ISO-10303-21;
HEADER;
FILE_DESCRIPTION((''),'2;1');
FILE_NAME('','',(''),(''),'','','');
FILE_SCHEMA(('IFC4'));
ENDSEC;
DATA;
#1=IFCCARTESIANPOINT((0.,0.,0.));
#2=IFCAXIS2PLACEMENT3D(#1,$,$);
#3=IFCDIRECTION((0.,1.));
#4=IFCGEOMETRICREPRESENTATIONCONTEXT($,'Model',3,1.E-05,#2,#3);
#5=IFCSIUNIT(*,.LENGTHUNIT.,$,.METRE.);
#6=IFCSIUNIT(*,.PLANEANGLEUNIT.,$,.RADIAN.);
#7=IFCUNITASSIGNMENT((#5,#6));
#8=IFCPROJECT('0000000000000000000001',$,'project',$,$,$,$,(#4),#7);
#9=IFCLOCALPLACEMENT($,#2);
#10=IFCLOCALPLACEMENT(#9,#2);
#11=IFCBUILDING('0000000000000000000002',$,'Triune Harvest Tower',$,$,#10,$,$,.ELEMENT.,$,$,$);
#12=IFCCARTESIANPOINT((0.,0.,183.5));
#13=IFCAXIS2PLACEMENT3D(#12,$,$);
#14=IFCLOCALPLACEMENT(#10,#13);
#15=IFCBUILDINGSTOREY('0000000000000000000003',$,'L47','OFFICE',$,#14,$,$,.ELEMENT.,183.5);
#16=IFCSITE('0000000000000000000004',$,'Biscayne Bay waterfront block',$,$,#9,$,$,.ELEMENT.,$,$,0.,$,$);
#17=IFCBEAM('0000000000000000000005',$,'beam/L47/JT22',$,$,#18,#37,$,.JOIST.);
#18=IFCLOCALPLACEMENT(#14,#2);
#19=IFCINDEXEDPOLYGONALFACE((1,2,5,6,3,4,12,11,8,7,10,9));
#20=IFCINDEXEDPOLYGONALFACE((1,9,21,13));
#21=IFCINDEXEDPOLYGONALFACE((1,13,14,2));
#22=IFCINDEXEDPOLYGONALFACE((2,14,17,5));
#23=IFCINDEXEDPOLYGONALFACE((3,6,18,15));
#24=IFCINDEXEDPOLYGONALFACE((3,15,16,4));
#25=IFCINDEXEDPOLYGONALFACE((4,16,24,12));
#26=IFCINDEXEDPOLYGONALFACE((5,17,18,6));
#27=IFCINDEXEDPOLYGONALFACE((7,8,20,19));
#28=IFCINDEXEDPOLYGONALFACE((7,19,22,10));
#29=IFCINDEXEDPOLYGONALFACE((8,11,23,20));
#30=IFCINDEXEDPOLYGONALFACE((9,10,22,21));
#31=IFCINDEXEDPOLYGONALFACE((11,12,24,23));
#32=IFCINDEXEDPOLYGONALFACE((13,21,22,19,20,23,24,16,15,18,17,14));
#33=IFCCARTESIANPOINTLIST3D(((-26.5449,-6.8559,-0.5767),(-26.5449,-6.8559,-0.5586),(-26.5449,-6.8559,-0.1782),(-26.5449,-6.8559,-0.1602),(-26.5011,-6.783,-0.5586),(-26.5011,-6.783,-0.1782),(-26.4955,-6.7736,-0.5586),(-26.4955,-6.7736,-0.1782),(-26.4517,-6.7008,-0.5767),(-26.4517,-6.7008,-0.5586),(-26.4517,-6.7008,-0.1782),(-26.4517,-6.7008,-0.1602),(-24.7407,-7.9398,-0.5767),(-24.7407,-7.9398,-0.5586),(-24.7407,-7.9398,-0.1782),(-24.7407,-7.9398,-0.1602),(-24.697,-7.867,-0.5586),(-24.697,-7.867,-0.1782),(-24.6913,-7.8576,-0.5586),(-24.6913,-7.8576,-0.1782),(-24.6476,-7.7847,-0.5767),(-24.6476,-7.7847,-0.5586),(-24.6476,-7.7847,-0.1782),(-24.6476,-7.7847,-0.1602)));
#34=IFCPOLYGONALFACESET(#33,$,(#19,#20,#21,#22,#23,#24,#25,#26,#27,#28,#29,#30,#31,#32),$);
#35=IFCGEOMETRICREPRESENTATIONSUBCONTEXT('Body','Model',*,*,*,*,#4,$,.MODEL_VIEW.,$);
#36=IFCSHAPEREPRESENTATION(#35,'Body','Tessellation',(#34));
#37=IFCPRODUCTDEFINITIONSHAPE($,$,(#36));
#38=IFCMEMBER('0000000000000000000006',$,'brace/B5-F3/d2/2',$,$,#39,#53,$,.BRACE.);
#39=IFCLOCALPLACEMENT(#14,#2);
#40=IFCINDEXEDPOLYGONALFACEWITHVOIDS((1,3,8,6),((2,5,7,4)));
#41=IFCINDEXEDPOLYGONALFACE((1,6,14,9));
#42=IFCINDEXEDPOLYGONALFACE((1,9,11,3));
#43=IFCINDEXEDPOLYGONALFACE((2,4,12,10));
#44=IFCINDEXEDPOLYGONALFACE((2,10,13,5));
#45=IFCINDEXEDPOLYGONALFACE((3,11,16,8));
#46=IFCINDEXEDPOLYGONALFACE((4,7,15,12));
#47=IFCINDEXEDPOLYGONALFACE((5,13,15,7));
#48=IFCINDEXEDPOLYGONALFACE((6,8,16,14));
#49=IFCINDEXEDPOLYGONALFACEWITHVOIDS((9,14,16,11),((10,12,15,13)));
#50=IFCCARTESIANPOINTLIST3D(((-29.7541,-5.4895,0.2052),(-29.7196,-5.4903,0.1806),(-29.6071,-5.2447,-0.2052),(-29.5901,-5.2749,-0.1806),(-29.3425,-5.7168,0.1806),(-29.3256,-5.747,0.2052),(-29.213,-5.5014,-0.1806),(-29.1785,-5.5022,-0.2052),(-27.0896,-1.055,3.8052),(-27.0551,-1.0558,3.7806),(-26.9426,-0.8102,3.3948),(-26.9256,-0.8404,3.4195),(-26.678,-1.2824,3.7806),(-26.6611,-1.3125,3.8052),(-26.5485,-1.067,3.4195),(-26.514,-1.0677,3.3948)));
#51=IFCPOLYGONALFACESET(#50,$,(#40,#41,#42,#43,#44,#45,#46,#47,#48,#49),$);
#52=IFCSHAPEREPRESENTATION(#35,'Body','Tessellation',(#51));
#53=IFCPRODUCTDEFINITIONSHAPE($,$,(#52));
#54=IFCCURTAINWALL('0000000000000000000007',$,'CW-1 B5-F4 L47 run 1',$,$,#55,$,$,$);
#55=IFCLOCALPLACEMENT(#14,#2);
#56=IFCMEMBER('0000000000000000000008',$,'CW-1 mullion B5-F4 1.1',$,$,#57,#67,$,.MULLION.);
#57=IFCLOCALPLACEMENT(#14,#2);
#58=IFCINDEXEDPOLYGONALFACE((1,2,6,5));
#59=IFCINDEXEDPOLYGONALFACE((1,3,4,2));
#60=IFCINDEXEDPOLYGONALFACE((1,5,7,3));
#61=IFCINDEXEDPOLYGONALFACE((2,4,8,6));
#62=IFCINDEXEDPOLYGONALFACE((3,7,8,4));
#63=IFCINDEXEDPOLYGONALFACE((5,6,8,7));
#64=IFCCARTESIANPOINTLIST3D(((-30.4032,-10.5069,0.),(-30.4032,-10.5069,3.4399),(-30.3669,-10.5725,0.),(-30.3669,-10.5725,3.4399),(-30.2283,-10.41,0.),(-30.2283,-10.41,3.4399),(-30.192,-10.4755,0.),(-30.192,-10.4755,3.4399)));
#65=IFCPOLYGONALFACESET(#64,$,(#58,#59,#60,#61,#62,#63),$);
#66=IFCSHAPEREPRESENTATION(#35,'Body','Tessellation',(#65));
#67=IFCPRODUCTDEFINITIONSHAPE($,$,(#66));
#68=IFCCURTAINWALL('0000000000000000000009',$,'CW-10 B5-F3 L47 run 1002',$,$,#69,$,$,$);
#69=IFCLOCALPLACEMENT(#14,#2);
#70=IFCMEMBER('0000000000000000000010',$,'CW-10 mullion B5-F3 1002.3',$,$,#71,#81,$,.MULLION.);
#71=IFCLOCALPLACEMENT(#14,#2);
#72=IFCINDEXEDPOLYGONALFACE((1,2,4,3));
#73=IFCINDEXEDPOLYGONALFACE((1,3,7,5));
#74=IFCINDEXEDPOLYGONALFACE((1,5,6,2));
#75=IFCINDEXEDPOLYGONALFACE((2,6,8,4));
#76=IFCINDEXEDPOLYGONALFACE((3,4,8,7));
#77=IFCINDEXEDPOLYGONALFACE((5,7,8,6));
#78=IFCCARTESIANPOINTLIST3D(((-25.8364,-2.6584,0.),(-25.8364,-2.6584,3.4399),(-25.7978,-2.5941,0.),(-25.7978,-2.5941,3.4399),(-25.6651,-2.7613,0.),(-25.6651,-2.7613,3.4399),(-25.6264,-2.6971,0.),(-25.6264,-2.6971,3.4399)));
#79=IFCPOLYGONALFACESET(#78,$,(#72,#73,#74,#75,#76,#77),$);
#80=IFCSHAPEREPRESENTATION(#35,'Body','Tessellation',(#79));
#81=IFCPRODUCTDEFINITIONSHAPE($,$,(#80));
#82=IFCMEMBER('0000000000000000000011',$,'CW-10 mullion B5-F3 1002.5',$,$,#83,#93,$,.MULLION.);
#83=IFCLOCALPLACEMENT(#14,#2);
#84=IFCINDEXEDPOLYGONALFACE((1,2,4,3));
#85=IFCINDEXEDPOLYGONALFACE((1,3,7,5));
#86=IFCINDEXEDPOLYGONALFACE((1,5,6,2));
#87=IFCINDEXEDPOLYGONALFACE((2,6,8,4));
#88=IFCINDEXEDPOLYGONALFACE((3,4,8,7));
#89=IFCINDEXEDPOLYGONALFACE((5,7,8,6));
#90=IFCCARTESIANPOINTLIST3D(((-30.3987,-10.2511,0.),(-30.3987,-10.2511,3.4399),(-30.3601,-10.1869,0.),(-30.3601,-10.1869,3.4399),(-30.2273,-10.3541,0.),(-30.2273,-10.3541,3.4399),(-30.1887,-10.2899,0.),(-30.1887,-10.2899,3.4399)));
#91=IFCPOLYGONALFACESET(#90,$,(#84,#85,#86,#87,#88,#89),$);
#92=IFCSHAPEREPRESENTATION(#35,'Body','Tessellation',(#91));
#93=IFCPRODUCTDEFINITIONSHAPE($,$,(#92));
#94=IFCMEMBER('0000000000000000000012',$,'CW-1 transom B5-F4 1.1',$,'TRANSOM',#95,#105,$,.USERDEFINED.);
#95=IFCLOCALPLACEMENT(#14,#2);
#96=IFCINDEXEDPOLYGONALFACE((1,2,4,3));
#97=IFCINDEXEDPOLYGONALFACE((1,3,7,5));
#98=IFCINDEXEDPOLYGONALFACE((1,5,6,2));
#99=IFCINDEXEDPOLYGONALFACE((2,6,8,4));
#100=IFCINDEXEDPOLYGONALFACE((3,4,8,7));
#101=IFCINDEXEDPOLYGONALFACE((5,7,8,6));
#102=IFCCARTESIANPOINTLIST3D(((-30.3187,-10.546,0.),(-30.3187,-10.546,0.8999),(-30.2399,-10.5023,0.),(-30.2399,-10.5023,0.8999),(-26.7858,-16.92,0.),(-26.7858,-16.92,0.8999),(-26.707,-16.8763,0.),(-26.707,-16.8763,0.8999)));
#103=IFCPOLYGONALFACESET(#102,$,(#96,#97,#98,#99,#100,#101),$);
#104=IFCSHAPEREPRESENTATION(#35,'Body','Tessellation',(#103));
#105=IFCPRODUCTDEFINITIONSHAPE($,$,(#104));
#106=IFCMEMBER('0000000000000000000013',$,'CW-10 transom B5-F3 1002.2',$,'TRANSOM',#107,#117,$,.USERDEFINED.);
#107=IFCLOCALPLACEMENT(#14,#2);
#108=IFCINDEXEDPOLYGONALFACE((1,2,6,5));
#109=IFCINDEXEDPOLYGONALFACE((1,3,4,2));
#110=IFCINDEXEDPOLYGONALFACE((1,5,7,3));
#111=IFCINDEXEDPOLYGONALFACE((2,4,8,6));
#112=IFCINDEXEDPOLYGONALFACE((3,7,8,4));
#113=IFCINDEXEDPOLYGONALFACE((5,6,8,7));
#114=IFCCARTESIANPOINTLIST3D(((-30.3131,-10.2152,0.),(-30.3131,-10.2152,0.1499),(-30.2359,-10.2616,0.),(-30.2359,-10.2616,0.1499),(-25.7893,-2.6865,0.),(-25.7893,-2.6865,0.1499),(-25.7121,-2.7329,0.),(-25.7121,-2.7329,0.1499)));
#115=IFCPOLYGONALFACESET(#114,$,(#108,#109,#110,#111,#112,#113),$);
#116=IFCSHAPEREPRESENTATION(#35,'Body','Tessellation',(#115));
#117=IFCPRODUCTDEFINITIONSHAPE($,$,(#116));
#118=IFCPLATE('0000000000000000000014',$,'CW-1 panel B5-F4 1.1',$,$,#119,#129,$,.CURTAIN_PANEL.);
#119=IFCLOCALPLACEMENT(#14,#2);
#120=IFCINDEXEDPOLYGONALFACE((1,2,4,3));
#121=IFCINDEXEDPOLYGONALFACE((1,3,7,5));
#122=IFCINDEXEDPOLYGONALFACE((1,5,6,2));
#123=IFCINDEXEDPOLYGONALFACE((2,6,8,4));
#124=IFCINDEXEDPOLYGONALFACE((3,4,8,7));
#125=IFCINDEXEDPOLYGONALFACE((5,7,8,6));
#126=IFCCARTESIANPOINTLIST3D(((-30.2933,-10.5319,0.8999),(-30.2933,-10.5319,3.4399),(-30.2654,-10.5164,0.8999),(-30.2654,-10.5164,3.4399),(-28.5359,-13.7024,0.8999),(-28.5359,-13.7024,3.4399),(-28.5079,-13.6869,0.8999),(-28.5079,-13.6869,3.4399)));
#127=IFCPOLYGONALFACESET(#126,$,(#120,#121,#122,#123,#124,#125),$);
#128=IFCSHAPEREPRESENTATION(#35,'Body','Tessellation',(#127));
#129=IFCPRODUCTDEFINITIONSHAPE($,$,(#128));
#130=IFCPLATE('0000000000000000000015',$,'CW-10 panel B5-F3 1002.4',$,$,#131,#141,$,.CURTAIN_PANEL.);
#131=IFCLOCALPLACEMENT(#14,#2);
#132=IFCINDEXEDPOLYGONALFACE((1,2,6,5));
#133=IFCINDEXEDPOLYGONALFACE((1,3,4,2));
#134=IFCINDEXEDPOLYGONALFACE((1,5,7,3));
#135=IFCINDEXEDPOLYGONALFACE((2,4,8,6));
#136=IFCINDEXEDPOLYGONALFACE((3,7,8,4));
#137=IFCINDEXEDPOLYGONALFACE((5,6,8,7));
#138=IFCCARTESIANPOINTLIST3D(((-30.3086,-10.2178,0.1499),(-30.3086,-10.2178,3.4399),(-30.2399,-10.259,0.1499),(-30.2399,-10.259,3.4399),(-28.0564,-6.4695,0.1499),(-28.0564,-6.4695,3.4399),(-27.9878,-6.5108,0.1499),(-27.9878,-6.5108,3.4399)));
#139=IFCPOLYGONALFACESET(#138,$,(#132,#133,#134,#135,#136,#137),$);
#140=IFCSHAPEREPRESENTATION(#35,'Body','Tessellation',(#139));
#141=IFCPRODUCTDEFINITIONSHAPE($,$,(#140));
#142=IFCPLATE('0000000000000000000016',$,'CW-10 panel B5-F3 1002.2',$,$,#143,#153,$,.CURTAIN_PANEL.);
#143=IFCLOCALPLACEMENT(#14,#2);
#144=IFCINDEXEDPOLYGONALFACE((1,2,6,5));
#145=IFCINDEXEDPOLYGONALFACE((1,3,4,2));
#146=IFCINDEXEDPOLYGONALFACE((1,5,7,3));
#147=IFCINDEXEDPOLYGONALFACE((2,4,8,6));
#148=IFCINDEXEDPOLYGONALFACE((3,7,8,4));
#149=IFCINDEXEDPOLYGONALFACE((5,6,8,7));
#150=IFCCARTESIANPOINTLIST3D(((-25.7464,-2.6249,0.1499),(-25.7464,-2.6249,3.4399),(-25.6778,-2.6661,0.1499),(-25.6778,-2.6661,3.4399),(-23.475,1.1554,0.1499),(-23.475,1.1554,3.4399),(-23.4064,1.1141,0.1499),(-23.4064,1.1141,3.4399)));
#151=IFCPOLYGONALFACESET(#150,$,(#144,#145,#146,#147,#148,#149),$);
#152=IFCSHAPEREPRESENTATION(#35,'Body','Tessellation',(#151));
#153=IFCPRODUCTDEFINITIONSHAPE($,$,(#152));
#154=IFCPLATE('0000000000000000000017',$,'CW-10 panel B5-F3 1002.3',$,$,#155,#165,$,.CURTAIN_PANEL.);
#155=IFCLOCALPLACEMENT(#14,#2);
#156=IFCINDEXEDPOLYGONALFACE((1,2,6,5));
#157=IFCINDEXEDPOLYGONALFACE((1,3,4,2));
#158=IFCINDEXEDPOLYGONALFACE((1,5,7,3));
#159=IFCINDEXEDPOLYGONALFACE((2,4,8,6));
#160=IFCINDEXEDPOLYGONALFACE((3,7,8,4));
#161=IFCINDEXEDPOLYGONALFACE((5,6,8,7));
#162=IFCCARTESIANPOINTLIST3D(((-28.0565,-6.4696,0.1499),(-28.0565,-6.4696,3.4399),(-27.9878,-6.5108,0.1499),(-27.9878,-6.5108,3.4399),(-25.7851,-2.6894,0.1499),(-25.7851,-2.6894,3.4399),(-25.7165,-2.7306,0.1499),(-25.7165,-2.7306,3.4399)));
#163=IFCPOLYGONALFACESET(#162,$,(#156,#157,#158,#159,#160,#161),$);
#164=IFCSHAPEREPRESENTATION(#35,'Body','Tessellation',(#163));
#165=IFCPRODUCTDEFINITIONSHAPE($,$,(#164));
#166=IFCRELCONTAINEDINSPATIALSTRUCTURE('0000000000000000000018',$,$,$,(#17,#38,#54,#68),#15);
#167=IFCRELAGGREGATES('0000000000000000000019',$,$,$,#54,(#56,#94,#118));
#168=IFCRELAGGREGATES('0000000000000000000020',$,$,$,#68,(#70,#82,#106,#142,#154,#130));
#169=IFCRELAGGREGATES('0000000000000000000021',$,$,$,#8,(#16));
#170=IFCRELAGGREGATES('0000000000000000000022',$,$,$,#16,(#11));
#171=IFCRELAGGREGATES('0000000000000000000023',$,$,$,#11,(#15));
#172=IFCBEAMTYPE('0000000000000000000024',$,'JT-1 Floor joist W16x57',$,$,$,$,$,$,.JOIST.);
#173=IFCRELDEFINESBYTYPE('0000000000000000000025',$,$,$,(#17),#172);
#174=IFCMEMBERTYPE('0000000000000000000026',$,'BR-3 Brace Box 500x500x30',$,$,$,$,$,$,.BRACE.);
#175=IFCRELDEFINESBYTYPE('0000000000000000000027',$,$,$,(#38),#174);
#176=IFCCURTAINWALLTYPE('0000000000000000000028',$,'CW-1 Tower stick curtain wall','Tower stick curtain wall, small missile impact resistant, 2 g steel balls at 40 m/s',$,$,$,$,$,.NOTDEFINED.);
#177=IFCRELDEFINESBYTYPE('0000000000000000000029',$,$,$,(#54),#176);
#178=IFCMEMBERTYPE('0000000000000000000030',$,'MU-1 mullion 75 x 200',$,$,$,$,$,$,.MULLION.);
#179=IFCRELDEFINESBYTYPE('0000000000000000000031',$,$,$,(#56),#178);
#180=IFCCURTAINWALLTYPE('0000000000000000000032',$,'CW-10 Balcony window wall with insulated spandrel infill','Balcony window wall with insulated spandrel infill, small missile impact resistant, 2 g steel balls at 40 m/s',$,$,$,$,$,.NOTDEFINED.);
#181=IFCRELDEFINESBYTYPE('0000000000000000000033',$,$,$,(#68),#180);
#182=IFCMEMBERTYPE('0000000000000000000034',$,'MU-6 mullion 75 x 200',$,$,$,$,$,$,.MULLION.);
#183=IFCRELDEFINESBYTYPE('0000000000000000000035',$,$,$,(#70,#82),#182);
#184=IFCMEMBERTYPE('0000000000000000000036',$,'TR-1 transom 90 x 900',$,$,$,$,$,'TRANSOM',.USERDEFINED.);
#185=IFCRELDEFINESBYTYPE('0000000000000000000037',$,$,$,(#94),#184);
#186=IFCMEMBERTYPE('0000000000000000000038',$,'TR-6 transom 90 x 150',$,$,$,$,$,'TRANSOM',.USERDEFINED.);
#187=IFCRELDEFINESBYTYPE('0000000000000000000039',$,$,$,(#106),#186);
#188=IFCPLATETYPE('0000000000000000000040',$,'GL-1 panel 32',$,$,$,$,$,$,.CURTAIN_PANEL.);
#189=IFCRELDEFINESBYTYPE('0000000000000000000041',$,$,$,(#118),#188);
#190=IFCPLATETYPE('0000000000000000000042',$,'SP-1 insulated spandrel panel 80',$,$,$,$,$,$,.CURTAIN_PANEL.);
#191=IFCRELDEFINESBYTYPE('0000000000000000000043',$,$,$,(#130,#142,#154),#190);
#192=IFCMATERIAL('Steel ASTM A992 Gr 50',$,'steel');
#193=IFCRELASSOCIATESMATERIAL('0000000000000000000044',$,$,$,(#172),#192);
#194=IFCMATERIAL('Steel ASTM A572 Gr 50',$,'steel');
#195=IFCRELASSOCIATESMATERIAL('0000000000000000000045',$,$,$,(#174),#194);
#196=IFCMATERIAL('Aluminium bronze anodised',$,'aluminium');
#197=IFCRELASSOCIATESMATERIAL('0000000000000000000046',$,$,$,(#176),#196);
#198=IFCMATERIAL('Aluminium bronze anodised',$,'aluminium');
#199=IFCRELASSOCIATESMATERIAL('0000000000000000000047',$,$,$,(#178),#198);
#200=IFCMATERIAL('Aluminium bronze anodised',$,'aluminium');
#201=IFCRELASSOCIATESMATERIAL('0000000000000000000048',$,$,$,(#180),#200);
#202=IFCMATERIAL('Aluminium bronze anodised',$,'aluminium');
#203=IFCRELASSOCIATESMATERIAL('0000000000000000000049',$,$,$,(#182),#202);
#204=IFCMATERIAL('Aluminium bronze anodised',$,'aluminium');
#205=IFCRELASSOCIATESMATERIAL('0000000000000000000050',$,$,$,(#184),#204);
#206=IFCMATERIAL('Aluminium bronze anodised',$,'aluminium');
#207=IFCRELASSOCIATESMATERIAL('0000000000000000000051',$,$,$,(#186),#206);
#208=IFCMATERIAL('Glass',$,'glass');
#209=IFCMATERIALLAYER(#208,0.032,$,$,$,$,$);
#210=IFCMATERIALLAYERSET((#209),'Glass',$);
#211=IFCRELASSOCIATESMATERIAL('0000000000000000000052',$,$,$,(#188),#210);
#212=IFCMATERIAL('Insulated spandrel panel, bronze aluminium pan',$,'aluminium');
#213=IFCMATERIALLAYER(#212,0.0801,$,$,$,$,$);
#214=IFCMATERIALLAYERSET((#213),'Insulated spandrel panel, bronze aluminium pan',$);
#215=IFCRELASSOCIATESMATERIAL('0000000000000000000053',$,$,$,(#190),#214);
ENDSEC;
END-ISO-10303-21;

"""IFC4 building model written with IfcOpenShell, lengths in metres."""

from ifc_helpers import new_model, si_unit, direction, frame, origin, origin_2d, place, context, subcontext, project, spatial, rectangle, hollow_rectangle, i_section, extrude, source, transform, mapped, material, layer, layer_set, material_profile, profile_set, type_object, element, aggregate, save


model = new_model("IFC4")

# Units and contexts
model_context = context("Model", 3, precision=1e-05, world=origin(), true_north=direction((0.0, 1.0)))
body_context = subcontext(model_context, "Body", "Model", "MODEL_VIEW")
ifc_project = project(units=[si_unit("LENGTHUNIT", "METRE"), si_unit("PLANEANGLEUNIT", "RADIAN")], contexts=[model_context])

# Site, building, storey
site_placement = place(None, origin())
site = spatial("IfcSite", under=ifc_project, at=site_placement, Name="Biscayne Bay waterfront block", CompositionType="ELEMENT", RefElevation=0.0)
building_placement = place(site_placement, origin())
building = spatial("IfcBuilding", under=site, at=building_placement, Name="Triune Harvest Tower", CompositionType="ELEMENT")
storey_placement = place(building_placement, frame((0.0, 0.0, 183.5)))
storey = spatial("IfcBuildingStorey", under=building, at=storey_placement, Name="L47", Description="OFFICE", CompositionType="ELEMENT", Elevation=183.5)

# Beam
ifc_material_1 = material(Name="Steel ASTM A992 Gr 50", Category="steel")
ifc_material_profile_1 = material_profile(ifc_material_1, i_section(OverallWidth=0.1809, OverallDepth=0.4165, WebThickness=0.011, FlangeThickness=0.0181, at=origin_2d()), Name="W16x57")
ifc_profile_set_1 = profile_set([ifc_material_profile_1], Name="Steel ASTM A992 Gr 50")
beam_type_1 = type_object("IfcBeamType", Name="JT-1 Floor joist W16x57", PredefinedType="JOIST", material=ifc_profile_set_1)
shared_shape_1 = source(origin(), body_context, "Body", "SweptSolid", [
    extrude(i_section(OverallWidth=0.1809, OverallDepth=0.4165, WebThickness=0.011, FlangeThickness=0.0181, at=origin_2d()), origin(), (0.0, 0.0, 1.0), 2.1047),
])
beam_1_placement = place(storey_placement, frame((-26.4983, -6.7783, -0.3684), z_axis=(0.857186, -0.515007, 0.0), x_axis=(0.515007, 0.857186, 0.0)))
element("IfcBeam", 1, at=beam_1_placement, inside=storey, type_object=beam_type_1, Name="beam/L47/JT22", PredefinedType="JOIST", context=body_context, shape_type="MappedRepresentation", body=[
    mapped(shared_shape_1, transform((0.0, 0.0, 0.0), scale=1.0)),
])

# Member
ifc_material_2 = material(Name="Steel ASTM A572 Gr 50", Category="steel")
ifc_material_profile_2 = material_profile(ifc_material_2, hollow_rectangle(XDim=0.5, YDim=0.5, WallThickness=0.03, at=origin_2d()), Name="Box 500x500x30")
ifc_profile_set_2 = profile_set([ifc_material_profile_2], Name="Steel ASTM A572 Gr 50")
member_type_1 = type_object("IfcMemberType", Name="BR-3 Brace Box 500x500x30", PredefinedType="BRACE", material=ifc_profile_set_2)
shared_shape_2 = source(origin(), body_context, "Body", "SweptSolid", [
    extrude(hollow_rectangle(XDim=0.5, YDim=0.5, WallThickness=0.03, at=origin_2d()), origin(), (0.0, 0.0, 1.0), 6.3027),
])
member_1_placement = place(storey_placement, frame((-29.4663, -5.4958, 0.0), z_axis=(0.422753, 0.703581, 0.571185), x_axis=(-0.857168, 0.515037, 0.0)))
element("IfcMember", 2, at=member_1_placement, inside=storey, type_object=member_type_1, Name="brace/B5-F3/d2/2", PredefinedType="BRACE", context=body_context, shape_type="MappedRepresentation", body=[
    mapped(shared_shape_2, transform((0.0, 0.0, 0.0), scale=1.0)),
])

# Curtain wall, member
ifc_material_3 = material(Name="Aluminium bronze anodised", Category="aluminium")
curtain_wall_type_1 = type_object("IfcCurtainWallType", Name="CW-1 Tower stick curtain wall", Description="Tower stick curtain wall, small missile impact resistant, 2 g steel balls at 40 m/s", PredefinedType="NOTDEFINED", material=ifc_material_3)
curtain_wall_1_placement = place(storey_placement, origin())
curtain_wall_1 = element("IfcCurtainWall", 3, at=curtain_wall_1_placement, inside=storey, type_object=curtain_wall_type_1, Name="CW-1 B5-F4 L47 run 1")
ifc_material_4 = material(Name="Aluminium bronze anodised", Category="aluminium")
ifc_material_profile_3 = material_profile(ifc_material_4, rectangle(XDim=0.2, YDim=0.075, at=origin_2d()), Name="MU-1 mullion 75 x 200")
ifc_profile_set_3 = profile_set([ifc_material_profile_3], Name="Aluminium bronze anodised")
member_type_2 = type_object("IfcMemberType", Name="MU-1 mullion 75 x 200", PredefinedType="MULLION", material=ifc_profile_set_3)
shared_shape_3 = source(origin(), body_context, "Body", "SweptSolid", [
    extrude(rectangle(XDim=0.2, YDim=0.075, at=origin_2d()), origin(), (0.0, 0.0, 1.0), 3.4399),
])
member_2_placement = place(storey_placement, frame((-30.2976, -10.4912, 0.0), z_axis=(0.0, 0.0, 1.0), x_axis=(0.874624, 0.484802, 0.0)))
member_2 = element("IfcMember", 4, at=member_2_placement, type_object=member_type_2, Name="CW-1 mullion B5-F4 1.1", PredefinedType="MULLION", context=body_context, shape_type="MappedRepresentation", body=[
    mapped(shared_shape_3, transform((0.0, 0.0, 0.0), scale=1.0)),
])

# Curtain wall, members
ifc_material_5 = material(Name="Aluminium bronze anodised", Category="aluminium")
curtain_wall_type_2 = type_object("IfcCurtainWallType", Name="CW-10 Balcony window wall with insulated spandrel infill", Description="Balcony window wall with insulated spandrel infill, small missile impact resistant, 2 g steel balls at 40 m/s", PredefinedType="NOTDEFINED", material=ifc_material_5)
curtain_wall_2_placement = place(storey_placement, origin())
curtain_wall_2 = element("IfcCurtainWall", 5, at=curtain_wall_2_placement, inside=storey, type_object=curtain_wall_type_2, Name="CW-10 B5-F3 L47 run 1002")
ifc_material_6 = material(Name="Aluminium bronze anodised", Category="aluminium")
ifc_material_profile_4 = material_profile(ifc_material_6, rectangle(XDim=0.2, YDim=0.075, at=origin_2d()), Name="MU-6 mullion 75 x 200")
ifc_profile_set_4 = profile_set([ifc_material_profile_4], Name="Aluminium bronze anodised")
member_type_3 = type_object("IfcMemberType", Name="MU-6 mullion 75 x 200", PredefinedType="MULLION", material=ifc_profile_set_4)
shared_shape_4 = source(origin(), body_context, "Body", "SweptSolid", [
    extrude(rectangle(XDim=0.2, YDim=0.075, at=origin_2d()), origin(), (0.0, 0.0, 1.0), 3.4399),
])
member_3_placement = place(storey_placement, frame((-25.7314, -2.6777, 0.0), z_axis=(0.0, 0.0, 1.0), x_axis=(0.857169, -0.515036, 0.0)))
member_3 = element("IfcMember", 6, at=member_3_placement, type_object=member_type_3, Name="CW-10 mullion B5-F3 1002.3", PredefinedType="MULLION", context=body_context, shape_type="MappedRepresentation", body=[
    mapped(shared_shape_4, transform((0.0, 0.0, 0.0), scale=1.0)),
])
member_4_placement = place(storey_placement, frame((-30.2937, -10.2705, 0.0), z_axis=(0.0, 0.0, 1.0), x_axis=(0.857169, -0.515036, 0.0)))
member_4 = element("IfcMember", 7, at=member_4_placement, type_object=member_type_3, Name="CW-10 mullion B5-F3 1002.5", PredefinedType="MULLION", context=body_context, shape_type="MappedRepresentation", body=[
    mapped(shared_shape_4, transform((0.0, 0.0, 0.0), scale=1.0)),
])

# Members
ifc_material_7 = material(Name="Aluminium bronze anodised", Category="aluminium")
ifc_material_profile_5 = material_profile(ifc_material_7, rectangle(XDim=0.0901, YDim=0.8999, at=origin_2d()), Name="TR-1 transom 90 x 900")
ifc_profile_set_5 = profile_set([ifc_material_profile_5], Name="Aluminium bronze anodised")
member_type_4 = type_object("IfcMemberType", Name="TR-1 transom 90 x 900", ElementType="TRANSOM", PredefinedType="USERDEFINED", material=ifc_profile_set_5)
shared_shape_5 = source(origin(), body_context, "Body", "SweptSolid", [
    extrude(rectangle(XDim=0.0901, YDim=0.8999, at=origin_2d()), origin(), (0.0, 0.0, 1.0), 7.2876),
])
member_5_placement = place(storey_placement, frame((-30.2793, -10.5242, 0.45), z_axis=(0.484787, -0.874633, 0.0), x_axis=(0.874633, 0.484787, 0.0)))
member_5 = element("IfcMember", 8, at=member_5_placement, type_object=member_type_4, Name="CW-1 transom B5-F4 1.1", ObjectType="TRANSOM", PredefinedType="USERDEFINED", context=body_context, shape_type="MappedRepresentation", body=[
    mapped(shared_shape_5, transform((0.0, 0.0, 0.0), scale=1.0)),
])
ifc_material_8 = material(Name="Aluminium bronze anodised", Category="aluminium")
ifc_material_profile_6 = material_profile(ifc_material_8, rectangle(XDim=0.0901, YDim=0.1499, at=origin_2d()), Name="TR-6 transom 90 x 150")
ifc_profile_set_6 = profile_set([ifc_material_profile_6], Name="Aluminium bronze anodised")
member_type_5 = type_object("IfcMemberType", Name="TR-6 transom 90 x 150", ElementType="TRANSOM", PredefinedType="USERDEFINED", material=ifc_profile_set_6)
shared_shape_6 = source(origin(), body_context, "Body", "SweptSolid", [
    extrude(rectangle(XDim=0.0901, YDim=0.1499, at=origin_2d()), origin(), (0.0, 0.0, 1.0), 8.7832),
])
member_6_placement = place(storey_placement, frame((-25.7507, -2.7097, 0.075), z_axis=(-0.515043, -0.857164, 0.0), x_axis=(0.857164, -0.515043, 0.0)))
member_6 = element("IfcMember", 9, at=member_6_placement, type_object=member_type_5, Name="CW-10 transom B5-F3 1002.2", ObjectType="TRANSOM", PredefinedType="USERDEFINED", context=body_context, shape_type="MappedRepresentation", body=[
    mapped(shared_shape_6, transform((0.0, 0.0, 0.0), scale=1.0)),
])

# Plates
ifc_material_9 = material(Name="Glass", Category="glass")
ifc_layer_1 = layer(ifc_material_9, 0.032)
ifc_layer_set_1 = layer_set([ifc_layer_1], Name="Glass")
plate_type_1 = type_object("IfcPlateType", Name="GL-1 panel 32", PredefinedType="CURTAIN_PANEL", material=ifc_layer_set_1)
shared_shape_7 = source(origin(), body_context, "Body", "SweptSolid", [
    extrude(rectangle(XDim=3.625, YDim=0.032, at=origin_2d()), origin(), (0.0, 0.0, 1.0), 2.54),
])
plate_1_placement = place(storey_placement, frame((-29.4006, -12.1094, 0.8999), z_axis=(0.0, 0.0, 1.0), x_axis=(0.484802, -0.874624, 0.0)))
plate_1 = element("IfcPlate", 10, at=plate_1_placement, type_object=plate_type_1, Name="CW-1 panel B5-F4 1.1", PredefinedType="CURTAIN_PANEL", context=body_context, shape_type="MappedRepresentation", body=[
    mapped(shared_shape_7, transform((0.0, 0.0, 0.0), scale=1.0)),
])
aggregate(curtain_wall_1, [member_2, member_5, plate_1])
ifc_material_10 = material(Name="Insulated spandrel panel, bronze aluminium pan", Category="aluminium")
ifc_layer_2 = layer(ifc_material_10, 0.0801)
ifc_layer_set_2 = layer_set([ifc_layer_2], Name="Insulated spandrel panel, bronze aluminium pan")
plate_type_2 = type_object("IfcPlateType", Name="SP-1 insulated spandrel panel 80", PredefinedType="CURTAIN_PANEL", material=ifc_layer_set_2)
shared_shape_8 = source(origin(), body_context, "Body", "SweptSolid", [
    extrude(rectangle(XDim=4.3728, YDim=0.0801, at=origin_2d()), origin(), (0.0, 0.0, 1.0), 3.29),
])
plate_2_placement = place(storey_placement, frame((-29.1482, -8.3643, 0.1499), z_axis=(0.0, 0.0, 1.0), x_axis=(-0.515036, -0.857169, 0.0)))
plate_2 = element("IfcPlate", 11, at=plate_2_placement, type_object=plate_type_2, Name="CW-10 panel B5-F3 1002.4", PredefinedType="CURTAIN_PANEL", context=body_context, shape_type="MappedRepresentation", body=[
    mapped(shared_shape_8, transform((0.0, 0.0, 0.0), scale=1.0)),
])
shared_shape_9 = source(origin(), body_context, "Body", "SweptSolid", [
    extrude(rectangle(XDim=4.4102, YDim=0.0801, at=origin_2d()), origin(), (0.0, 0.0, 1.0), 3.29),
])
plate_3_placement = place(storey_placement, frame((-24.5764, -0.7554, 0.1499), z_axis=(0.0, 0.0, 1.0), x_axis=(-0.515036, -0.857169, 0.0)))
plate_3 = element("IfcPlate", 12, at=plate_3_placement, type_object=plate_type_2, Name="CW-10 panel B5-F3 1002.2", PredefinedType="CURTAIN_PANEL", context=body_context, shape_type="MappedRepresentation", body=[
    mapped(shared_shape_9, transform((0.0, 0.0, 0.0), scale=1.0)),
])
plate_4_placement = place(storey_placement, frame((-26.8865, -4.6001, 0.1499), z_axis=(0.0, 0.0, 1.0), x_axis=(-0.515036, -0.857169, 0.0)))
plate_4 = element("IfcPlate", 13, at=plate_4_placement, type_object=plate_type_2, Name="CW-10 panel B5-F3 1002.3", PredefinedType="CURTAIN_PANEL", context=body_context, shape_type="MappedRepresentation", body=[
    mapped(shared_shape_9, transform((0.0, 0.0, 0.0), scale=1.0)),
])
aggregate(curtain_wall_2, [member_3, member_4, member_6, plate_3, plate_4, plate_2])

save(model, "model.ifc")
